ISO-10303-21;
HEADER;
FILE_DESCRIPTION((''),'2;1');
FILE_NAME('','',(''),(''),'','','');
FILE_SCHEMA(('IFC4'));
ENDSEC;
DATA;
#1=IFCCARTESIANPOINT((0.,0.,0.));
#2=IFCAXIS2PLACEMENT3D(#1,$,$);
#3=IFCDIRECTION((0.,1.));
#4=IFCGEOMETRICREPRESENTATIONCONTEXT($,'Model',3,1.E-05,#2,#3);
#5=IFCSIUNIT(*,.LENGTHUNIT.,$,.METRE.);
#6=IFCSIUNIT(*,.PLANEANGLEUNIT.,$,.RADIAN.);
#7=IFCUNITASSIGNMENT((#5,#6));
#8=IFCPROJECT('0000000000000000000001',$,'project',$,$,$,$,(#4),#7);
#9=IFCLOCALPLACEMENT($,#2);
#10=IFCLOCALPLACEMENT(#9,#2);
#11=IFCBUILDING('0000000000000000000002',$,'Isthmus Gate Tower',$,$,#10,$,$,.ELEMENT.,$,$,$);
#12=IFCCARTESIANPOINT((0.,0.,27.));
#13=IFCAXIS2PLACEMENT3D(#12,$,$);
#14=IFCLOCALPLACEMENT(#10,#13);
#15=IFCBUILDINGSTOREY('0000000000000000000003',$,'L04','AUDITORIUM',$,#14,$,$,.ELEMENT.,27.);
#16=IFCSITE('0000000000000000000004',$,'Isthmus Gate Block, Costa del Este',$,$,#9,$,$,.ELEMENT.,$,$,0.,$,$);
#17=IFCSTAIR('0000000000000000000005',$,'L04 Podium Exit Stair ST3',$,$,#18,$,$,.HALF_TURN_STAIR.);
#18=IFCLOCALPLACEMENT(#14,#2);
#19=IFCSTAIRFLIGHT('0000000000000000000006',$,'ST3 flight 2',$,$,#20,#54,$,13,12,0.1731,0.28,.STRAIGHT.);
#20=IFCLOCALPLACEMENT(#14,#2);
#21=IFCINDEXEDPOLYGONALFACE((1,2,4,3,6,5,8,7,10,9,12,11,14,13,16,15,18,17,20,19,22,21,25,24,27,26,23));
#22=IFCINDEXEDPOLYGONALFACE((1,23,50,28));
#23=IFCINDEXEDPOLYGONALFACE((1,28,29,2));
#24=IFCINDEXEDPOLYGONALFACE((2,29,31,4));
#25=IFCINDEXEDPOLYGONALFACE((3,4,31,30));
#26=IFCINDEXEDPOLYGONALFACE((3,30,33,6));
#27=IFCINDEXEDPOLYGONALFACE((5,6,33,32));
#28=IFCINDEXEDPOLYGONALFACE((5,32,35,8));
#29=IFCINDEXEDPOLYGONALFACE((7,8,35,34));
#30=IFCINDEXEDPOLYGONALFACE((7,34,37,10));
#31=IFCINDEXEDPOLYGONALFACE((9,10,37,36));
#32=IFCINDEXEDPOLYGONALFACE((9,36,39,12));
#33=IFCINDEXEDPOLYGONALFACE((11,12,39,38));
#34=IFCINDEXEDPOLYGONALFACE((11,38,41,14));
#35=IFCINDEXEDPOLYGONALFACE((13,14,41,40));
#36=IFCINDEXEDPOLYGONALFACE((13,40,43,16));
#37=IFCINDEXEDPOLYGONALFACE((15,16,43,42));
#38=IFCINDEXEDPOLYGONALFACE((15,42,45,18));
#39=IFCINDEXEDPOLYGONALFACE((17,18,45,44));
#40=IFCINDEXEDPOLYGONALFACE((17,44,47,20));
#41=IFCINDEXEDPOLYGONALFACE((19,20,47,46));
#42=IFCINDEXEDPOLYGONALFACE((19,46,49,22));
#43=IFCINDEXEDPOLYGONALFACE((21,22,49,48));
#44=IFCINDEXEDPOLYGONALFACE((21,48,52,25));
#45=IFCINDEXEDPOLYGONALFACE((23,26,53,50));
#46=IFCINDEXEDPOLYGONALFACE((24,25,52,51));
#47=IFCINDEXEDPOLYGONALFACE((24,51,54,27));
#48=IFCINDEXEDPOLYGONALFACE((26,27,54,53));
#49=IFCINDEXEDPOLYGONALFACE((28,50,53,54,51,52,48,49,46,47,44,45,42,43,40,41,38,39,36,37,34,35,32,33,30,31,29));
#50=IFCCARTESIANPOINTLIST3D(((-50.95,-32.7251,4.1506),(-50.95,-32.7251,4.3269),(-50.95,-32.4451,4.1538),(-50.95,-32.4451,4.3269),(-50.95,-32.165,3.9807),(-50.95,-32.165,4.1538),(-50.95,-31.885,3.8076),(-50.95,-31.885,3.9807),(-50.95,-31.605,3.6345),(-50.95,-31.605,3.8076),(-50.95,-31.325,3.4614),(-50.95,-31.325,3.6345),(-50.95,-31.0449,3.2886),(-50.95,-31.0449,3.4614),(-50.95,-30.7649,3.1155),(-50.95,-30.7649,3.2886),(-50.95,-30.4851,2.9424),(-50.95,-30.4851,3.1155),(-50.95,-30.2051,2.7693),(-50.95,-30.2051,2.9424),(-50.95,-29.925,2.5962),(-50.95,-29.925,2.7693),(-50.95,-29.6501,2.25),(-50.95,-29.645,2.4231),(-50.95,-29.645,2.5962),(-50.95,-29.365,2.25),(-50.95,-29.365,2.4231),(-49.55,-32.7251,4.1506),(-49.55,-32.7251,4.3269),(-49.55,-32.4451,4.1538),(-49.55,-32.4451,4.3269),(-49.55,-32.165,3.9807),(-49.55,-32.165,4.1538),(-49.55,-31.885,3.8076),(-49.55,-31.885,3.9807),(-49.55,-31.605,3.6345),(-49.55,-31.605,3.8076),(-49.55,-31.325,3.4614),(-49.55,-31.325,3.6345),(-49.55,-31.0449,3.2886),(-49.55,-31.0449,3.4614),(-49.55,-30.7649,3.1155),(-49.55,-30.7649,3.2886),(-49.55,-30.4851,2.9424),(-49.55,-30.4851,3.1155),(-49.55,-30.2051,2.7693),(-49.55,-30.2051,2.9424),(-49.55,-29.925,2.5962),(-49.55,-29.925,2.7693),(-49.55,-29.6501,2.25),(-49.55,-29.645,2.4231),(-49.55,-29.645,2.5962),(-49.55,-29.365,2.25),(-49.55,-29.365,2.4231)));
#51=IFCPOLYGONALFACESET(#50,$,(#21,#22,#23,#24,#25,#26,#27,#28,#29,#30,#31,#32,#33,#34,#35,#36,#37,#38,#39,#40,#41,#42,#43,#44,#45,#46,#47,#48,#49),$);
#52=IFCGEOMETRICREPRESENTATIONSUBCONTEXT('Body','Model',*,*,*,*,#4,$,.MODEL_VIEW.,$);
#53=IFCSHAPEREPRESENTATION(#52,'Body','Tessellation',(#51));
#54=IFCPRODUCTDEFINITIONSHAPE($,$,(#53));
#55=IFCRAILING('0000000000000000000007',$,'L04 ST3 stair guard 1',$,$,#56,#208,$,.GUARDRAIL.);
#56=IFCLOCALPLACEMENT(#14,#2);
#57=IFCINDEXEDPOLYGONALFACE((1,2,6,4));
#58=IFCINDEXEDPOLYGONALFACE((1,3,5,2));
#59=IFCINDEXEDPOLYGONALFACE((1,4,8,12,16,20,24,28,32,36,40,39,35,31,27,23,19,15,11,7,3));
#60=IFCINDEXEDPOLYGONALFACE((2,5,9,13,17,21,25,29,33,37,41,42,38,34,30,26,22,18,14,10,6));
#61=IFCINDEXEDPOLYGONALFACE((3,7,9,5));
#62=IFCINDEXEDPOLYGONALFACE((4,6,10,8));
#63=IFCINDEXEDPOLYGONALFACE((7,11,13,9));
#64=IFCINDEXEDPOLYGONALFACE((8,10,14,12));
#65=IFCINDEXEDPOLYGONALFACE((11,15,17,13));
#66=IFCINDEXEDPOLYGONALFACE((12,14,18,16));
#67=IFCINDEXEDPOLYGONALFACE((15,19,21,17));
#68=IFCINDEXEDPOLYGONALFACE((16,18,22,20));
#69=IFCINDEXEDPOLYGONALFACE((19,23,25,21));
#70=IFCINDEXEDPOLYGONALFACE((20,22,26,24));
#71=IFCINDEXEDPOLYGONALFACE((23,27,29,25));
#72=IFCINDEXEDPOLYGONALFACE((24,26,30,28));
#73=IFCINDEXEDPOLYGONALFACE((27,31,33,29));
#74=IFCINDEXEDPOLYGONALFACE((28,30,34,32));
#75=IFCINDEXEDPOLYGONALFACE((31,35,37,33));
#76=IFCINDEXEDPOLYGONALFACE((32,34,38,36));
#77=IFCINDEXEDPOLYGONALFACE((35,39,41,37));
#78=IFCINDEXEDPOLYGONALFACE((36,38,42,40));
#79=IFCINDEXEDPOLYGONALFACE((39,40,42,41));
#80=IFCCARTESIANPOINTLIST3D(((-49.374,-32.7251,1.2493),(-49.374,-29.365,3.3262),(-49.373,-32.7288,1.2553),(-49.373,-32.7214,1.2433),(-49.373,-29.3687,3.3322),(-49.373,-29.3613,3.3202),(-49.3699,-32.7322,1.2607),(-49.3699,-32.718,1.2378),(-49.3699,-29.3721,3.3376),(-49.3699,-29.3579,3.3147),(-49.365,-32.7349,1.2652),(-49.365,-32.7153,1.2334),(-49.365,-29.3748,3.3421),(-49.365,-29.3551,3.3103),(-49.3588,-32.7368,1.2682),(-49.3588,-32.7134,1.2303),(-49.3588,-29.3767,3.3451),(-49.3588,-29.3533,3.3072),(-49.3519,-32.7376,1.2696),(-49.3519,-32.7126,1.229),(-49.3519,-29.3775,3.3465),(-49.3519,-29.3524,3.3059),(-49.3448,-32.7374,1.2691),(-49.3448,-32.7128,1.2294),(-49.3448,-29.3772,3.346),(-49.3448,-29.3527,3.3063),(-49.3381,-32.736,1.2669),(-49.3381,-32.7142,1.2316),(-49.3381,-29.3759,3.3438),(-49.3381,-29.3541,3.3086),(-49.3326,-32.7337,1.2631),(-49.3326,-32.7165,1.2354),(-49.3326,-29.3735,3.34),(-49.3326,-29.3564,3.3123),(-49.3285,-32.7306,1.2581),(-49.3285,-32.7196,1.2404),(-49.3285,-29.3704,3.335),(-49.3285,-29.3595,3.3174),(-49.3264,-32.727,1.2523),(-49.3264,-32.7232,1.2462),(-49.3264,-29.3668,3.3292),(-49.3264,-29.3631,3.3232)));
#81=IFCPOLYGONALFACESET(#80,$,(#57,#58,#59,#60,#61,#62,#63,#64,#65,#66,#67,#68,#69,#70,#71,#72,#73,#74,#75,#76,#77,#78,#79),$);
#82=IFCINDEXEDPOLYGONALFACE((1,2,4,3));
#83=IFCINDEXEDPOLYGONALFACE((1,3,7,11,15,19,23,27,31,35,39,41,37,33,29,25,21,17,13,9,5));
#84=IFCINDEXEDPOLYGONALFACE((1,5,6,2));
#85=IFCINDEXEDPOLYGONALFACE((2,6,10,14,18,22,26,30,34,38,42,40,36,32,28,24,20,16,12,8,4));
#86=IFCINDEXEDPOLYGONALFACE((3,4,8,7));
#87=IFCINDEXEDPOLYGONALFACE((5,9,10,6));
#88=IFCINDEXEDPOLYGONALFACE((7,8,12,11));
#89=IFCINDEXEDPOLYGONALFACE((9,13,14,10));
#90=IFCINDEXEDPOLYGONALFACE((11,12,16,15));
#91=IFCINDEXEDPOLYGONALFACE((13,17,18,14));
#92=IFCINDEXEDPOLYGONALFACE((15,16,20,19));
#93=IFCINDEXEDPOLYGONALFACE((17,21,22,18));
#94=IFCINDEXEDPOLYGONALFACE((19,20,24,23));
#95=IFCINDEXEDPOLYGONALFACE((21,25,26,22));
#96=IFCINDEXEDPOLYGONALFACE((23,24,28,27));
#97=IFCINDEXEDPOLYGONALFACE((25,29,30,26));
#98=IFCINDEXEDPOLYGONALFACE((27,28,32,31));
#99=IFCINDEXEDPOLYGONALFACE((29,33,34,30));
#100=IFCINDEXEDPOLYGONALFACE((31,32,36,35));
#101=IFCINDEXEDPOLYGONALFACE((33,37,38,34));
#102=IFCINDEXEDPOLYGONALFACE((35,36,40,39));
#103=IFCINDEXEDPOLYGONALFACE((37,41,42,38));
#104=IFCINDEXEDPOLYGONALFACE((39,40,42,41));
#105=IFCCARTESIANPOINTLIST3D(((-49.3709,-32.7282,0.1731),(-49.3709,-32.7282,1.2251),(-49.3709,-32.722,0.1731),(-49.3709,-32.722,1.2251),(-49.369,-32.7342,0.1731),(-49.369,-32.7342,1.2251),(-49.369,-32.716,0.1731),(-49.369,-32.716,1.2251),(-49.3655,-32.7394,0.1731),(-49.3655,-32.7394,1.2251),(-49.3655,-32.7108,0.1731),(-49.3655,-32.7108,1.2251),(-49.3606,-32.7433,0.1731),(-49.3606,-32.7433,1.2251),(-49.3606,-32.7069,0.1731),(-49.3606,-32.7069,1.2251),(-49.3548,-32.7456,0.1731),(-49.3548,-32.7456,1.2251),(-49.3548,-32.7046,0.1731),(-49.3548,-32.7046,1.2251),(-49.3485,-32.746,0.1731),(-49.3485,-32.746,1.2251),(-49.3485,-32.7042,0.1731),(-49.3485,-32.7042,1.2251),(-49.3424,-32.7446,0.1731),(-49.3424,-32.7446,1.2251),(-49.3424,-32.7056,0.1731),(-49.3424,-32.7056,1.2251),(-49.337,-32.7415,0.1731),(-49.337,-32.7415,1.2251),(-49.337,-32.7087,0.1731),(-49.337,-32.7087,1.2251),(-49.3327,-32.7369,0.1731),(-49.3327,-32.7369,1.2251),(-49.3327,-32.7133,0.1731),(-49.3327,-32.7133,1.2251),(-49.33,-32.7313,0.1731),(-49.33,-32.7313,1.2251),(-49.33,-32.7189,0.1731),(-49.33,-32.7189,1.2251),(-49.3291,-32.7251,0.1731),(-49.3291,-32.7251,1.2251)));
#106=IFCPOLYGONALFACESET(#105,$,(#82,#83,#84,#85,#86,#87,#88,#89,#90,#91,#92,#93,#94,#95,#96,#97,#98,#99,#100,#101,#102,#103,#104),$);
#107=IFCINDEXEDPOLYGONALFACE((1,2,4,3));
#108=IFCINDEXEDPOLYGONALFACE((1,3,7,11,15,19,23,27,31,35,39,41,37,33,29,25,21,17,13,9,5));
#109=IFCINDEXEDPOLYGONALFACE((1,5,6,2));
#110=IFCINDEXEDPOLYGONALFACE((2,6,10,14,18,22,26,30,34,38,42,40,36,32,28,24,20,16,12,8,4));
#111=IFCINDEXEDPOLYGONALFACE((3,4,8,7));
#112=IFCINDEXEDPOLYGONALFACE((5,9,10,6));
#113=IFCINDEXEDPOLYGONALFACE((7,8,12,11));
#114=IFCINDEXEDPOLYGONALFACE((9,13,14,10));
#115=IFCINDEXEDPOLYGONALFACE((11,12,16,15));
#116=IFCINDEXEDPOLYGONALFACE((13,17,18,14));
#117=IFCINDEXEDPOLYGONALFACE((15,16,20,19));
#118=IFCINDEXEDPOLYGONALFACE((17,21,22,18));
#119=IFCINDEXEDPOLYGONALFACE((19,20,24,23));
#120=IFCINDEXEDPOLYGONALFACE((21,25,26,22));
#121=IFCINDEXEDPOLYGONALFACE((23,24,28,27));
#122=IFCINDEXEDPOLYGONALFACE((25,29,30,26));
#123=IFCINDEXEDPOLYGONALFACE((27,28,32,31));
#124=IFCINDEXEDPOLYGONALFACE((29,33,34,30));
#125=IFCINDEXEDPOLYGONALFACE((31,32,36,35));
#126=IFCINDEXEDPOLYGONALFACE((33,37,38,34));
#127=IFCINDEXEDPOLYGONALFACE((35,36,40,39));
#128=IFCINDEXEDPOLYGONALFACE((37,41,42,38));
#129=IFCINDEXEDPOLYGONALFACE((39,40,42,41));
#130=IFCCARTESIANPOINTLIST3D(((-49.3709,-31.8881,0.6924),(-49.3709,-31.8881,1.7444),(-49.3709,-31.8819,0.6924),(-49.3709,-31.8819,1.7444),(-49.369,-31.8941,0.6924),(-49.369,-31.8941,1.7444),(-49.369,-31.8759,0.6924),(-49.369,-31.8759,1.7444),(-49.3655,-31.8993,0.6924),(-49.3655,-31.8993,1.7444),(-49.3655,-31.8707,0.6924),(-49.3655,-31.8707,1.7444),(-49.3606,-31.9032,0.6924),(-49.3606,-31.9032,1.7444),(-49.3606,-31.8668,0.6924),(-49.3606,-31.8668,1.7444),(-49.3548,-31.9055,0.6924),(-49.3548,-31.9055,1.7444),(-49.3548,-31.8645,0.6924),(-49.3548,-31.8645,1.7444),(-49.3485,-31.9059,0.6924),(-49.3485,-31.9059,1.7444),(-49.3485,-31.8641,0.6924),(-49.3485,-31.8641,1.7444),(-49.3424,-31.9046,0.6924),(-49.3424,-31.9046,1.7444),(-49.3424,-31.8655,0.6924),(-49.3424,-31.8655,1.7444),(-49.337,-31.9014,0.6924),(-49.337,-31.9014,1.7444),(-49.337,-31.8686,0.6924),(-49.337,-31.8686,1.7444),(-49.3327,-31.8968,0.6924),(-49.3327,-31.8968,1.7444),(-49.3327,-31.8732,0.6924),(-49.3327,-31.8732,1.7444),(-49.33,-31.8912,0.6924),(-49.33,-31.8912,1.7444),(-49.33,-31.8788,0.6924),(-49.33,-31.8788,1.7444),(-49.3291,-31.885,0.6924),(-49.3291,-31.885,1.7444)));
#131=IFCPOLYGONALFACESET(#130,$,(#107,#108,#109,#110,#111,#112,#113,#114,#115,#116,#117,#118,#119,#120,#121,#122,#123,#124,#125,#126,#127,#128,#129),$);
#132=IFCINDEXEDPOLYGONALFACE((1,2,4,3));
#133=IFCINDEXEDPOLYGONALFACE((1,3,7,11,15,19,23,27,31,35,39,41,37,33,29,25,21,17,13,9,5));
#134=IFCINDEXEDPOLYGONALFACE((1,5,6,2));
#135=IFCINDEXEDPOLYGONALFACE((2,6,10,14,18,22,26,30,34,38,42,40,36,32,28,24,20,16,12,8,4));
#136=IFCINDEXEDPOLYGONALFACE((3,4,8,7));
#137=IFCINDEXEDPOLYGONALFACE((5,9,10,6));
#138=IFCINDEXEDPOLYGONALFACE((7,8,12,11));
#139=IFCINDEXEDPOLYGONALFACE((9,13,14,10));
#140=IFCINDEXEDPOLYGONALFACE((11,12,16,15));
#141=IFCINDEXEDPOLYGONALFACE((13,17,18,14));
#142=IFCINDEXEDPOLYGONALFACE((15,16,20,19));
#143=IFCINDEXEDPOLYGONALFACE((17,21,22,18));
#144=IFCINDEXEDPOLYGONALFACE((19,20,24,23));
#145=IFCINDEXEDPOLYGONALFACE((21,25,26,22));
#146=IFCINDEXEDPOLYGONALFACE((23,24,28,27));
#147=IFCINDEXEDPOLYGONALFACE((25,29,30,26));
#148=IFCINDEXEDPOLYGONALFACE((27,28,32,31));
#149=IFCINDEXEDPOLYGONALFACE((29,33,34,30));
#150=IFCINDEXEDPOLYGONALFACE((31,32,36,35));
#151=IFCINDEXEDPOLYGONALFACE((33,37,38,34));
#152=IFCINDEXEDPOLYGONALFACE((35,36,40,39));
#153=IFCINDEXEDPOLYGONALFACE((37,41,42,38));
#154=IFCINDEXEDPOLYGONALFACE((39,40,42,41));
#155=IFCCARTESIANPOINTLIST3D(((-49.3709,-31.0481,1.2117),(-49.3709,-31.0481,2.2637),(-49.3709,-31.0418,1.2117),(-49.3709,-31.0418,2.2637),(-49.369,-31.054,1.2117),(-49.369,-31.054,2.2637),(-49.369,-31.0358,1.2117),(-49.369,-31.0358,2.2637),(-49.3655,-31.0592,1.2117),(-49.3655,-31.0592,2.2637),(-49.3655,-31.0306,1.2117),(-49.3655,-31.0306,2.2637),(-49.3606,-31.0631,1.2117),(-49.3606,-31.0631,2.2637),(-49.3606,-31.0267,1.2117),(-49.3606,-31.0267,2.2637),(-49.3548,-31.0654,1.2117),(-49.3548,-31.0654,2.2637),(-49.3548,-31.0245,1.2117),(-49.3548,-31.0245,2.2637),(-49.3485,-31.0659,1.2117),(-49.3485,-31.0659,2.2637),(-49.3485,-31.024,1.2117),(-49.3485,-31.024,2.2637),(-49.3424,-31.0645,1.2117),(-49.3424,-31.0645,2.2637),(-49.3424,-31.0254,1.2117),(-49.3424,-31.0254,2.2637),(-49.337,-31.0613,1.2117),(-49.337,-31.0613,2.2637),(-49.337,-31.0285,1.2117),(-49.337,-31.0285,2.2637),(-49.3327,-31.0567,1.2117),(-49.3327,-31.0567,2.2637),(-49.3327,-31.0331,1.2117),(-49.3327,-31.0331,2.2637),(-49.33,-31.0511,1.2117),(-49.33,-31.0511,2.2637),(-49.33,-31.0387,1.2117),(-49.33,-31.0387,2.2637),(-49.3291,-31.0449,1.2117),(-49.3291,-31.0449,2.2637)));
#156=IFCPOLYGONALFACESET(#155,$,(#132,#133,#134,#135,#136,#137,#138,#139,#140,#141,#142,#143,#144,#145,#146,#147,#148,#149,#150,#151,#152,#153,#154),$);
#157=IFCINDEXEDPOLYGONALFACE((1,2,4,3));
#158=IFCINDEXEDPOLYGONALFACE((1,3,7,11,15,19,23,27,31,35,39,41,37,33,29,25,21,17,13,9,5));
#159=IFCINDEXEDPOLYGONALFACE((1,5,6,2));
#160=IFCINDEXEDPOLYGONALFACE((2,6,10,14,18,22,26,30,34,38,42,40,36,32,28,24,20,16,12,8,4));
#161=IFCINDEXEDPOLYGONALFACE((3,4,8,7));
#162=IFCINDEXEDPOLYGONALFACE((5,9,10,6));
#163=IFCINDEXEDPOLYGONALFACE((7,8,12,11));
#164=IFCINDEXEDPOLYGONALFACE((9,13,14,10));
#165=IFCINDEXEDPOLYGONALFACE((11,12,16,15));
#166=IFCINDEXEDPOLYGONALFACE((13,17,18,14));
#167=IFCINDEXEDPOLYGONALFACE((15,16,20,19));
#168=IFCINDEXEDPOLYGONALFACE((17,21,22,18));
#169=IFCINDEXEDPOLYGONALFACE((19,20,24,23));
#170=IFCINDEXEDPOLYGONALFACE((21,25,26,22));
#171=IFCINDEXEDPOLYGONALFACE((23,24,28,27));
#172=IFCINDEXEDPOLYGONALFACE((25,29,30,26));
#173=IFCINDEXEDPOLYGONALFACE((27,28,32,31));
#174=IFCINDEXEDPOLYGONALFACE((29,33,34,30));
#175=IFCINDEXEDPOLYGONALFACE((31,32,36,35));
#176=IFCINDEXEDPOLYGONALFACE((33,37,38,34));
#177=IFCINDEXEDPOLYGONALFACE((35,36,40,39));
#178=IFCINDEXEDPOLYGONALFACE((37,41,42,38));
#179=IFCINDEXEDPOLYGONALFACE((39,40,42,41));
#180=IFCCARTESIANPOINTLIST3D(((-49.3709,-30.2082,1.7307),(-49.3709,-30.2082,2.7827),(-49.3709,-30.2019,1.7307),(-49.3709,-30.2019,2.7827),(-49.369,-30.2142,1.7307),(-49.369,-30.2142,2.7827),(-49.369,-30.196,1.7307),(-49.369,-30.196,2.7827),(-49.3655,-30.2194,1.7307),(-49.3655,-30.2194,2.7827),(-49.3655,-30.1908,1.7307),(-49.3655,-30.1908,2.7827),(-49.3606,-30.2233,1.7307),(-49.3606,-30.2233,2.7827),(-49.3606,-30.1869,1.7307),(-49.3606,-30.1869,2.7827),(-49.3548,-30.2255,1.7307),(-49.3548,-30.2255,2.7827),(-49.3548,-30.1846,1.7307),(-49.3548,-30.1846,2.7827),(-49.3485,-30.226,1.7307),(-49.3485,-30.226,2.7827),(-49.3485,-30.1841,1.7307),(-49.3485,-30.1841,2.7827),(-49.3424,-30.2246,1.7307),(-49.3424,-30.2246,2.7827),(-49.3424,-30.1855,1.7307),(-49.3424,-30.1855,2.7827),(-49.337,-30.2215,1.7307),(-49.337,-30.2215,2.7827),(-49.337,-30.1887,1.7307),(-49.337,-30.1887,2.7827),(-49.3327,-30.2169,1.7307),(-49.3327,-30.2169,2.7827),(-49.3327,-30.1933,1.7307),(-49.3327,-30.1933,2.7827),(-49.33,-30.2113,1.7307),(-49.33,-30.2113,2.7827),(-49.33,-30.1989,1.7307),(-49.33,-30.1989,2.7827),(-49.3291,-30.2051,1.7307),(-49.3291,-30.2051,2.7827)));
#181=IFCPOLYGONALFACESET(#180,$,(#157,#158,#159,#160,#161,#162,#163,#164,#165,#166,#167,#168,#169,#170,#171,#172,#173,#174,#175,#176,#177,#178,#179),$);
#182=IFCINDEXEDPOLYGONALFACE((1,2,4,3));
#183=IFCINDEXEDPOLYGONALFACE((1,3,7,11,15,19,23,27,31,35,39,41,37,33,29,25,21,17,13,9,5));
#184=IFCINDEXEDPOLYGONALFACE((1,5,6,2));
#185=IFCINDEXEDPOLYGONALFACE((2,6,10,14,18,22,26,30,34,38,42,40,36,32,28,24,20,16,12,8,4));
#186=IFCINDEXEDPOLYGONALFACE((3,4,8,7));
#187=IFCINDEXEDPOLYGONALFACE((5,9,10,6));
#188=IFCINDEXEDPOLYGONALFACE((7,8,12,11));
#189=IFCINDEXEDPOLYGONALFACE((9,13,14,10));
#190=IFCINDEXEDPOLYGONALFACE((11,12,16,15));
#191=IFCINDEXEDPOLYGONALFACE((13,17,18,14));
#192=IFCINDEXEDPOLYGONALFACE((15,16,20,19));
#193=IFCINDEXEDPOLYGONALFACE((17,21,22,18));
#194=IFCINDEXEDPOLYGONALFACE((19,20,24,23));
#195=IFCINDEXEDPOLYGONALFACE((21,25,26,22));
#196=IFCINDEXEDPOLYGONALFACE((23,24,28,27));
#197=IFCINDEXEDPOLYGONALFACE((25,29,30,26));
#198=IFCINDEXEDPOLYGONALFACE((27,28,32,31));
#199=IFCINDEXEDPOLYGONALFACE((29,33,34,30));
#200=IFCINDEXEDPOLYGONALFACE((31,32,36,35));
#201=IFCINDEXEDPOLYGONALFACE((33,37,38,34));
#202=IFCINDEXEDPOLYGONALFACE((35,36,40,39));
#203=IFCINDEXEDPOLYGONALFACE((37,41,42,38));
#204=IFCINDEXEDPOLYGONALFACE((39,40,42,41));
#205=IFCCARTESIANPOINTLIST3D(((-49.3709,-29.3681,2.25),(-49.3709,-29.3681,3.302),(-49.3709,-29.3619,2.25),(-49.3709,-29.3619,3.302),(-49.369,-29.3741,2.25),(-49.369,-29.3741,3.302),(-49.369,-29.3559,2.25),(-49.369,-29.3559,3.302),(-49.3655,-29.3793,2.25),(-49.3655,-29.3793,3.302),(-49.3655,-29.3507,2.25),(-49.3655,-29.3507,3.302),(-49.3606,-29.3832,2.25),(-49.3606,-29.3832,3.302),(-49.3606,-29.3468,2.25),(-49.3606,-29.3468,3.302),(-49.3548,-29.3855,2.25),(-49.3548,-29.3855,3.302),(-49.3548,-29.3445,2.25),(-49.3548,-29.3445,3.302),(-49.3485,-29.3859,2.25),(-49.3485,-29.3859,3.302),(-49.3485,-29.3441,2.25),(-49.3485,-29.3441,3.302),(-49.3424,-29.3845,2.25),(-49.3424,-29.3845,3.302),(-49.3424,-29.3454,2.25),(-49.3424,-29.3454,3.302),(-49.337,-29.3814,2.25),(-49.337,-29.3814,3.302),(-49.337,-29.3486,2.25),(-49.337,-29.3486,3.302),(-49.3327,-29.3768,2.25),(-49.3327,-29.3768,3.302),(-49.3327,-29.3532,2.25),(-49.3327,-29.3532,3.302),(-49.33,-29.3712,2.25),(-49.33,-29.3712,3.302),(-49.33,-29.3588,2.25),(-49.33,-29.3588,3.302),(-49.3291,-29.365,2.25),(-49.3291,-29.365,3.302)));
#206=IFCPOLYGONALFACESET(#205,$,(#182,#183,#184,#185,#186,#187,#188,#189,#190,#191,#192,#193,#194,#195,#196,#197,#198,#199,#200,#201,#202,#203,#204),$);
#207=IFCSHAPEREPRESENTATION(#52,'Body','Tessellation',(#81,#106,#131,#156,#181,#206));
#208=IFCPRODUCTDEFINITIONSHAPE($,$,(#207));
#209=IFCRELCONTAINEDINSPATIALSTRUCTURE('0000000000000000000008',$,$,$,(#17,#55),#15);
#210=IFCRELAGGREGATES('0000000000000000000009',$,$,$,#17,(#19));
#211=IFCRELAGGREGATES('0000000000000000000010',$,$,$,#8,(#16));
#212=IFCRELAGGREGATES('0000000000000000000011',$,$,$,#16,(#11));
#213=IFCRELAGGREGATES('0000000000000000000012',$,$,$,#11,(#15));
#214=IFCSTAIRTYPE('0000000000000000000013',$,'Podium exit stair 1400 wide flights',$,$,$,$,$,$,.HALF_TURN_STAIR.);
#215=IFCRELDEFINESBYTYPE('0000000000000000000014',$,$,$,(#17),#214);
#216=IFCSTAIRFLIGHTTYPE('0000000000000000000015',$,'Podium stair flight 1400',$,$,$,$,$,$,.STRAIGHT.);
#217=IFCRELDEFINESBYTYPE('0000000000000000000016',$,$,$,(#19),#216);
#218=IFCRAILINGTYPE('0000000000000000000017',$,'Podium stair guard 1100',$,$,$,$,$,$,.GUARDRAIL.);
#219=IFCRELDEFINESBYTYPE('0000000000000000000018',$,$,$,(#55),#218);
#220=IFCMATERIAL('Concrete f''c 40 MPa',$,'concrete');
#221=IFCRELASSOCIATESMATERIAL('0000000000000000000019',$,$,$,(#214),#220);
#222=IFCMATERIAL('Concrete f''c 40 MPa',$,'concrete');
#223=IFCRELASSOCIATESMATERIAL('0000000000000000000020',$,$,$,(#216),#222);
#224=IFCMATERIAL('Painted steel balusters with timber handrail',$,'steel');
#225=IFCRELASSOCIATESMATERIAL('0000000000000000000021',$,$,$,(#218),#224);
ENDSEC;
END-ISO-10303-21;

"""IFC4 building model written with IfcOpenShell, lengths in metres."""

from ifc_helpers import new_model, si_unit, direction, frame, origin, origin_2d, place, context, subcontext, project, spatial, polyline, circle, outline, extrude, material, type_object, element, aggregate, save


model = new_model("IFC4")

# Units and contexts
model_context = context("Model", 3, precision=1e-05, world=origin(), true_north=direction((0.0, 1.0)))
body_context = subcontext(model_context, "Body", "Model", "MODEL_VIEW")
ifc_project = project(units=[si_unit("LENGTHUNIT", "METRE"), si_unit("PLANEANGLEUNIT", "RADIAN")], contexts=[model_context])

# Site, building, storey
site_placement = place(None, origin())
site = spatial("IfcSite", under=ifc_project, at=site_placement, Name="Isthmus Gate Block, Costa del Este", CompositionType="ELEMENT", RefElevation=0.0)
building_placement = place(site_placement, origin())
building = spatial("IfcBuilding", under=site, at=building_placement, Name="Isthmus Gate Tower", CompositionType="ELEMENT")
storey_placement = place(building_placement, frame((0.0, 0.0, 27.0)))
storey = spatial("IfcBuildingStorey", under=building, at=storey_placement, Name="L04", Description="AUDITORIUM", CompositionType="ELEMENT", Elevation=27.0)

# Stair, stair flight
ifc_material_1 = material(Name="Concrete f'c 40 MPa", Category="concrete")
stair_type = type_object("IfcStairType", Name="Podium exit stair 1400 wide flights", PredefinedType="HALF_TURN_STAIR", material=ifc_material_1)
stair_placement = place(storey_placement, origin())
stair = element("IfcStair", 1, at=stair_placement, inside=storey, type_object=stair_type, Name="L04 Podium Exit Stair ST3", PredefinedType="HALF_TURN_STAIR")
ifc_material_2 = material(Name="Concrete f'c 40 MPa", Category="concrete")
stair_flight_type = type_object("IfcStairFlightType", Name="Podium stair flight 1400", PredefinedType="STRAIGHT", material=ifc_material_2)
stair_flight_1_placement = place(storey_placement, frame((-50.25, -29.365, 2.25), z_axis=(0.0, 0.0, 1.0), x_axis=(0.0, -1.0, 0.0)))
stair_flight_1 = element("IfcStairFlight", 2, at=stair_flight_1_placement, type_object=stair_flight_type, Name="ST3 flight 2", NumberOfRisers=13, NumberOfTreads=12, PredefinedType="STRAIGHT", RiserHeight=0.1731, TreadLength=0.28, context=body_context, shape_type="SweptSolid", body=[
    extrude(outline(polyline([(0.0, 0.0), (0.0, 0.1731), (0.28, 0.1731), (0.28, 0.3462), (0.5601, 0.3462), (0.5601, 0.5193), (0.8401, 0.5193), (0.8401, 0.6924), (1.1201, 0.6924), (1.1201, 0.8655), (1.3999, 0.8655), (1.3999, 1.0386), (1.6799, 1.0386), (1.6799, 1.2114), (1.96, 1.2114), (1.96, 1.3845), (2.24, 1.3845), (2.24, 1.5576), (2.52, 1.5576), (2.52, 1.7307), (2.8, 1.7307), (2.8, 1.9038), (3.0801, 1.9038), (3.0801, 2.0769), (3.3601, 2.0769), (3.3601, 2.25), (3.3601, 1.9006), (0.2852, 0.0), (0.0, 0.0)])), frame((0.0, 0.7, 0.0), z_axis=(0.0, -1.0, 0.0), x_axis=(1.0, 0.0, 0.0)), (0.0, 0.0, 1.0), 1.3999),
])
aggregate(stair, [stair_flight_1])

# Railing
ifc_material_3 = material(Name="Painted steel balusters with timber handrail", Category="steel")
railing_type_1 = type_object("IfcRailingType", Name="Podium stair guard 1100", PredefinedType="GUARDRAIL", material=ifc_material_3)
railing_1_placement = place(storey_placement, frame((-49.3501, -32.7251, 0.1731)))
element("IfcRailing", 3, at=railing_1_placement, inside=storey, type_object=railing_type_1, Name="L04 ST3 stair guard 1", PredefinedType="GUARDRAIL", context=body_context, shape_type="SweptSolid", body=[
    extrude(circle(Radius=0.0239, at=origin_2d()), frame((0.0, 0.0, 1.0762), z_axis=(0.0, 0.850623, 0.525776), x_axis=(-1.0, 0.0, 0.0)), (0.0, 0.0, 1.0), 3.9502),
    extrude(circle(Radius=0.021, at=origin_2d()), origin(), (0.0, 0.0, 1.0), 1.052),
    extrude(circle(Radius=0.021, at=origin_2d()), frame((0.0, 0.8401, 0.5193)), (0.0, 0.0, 1.0), 1.052),
    extrude(circle(Radius=0.021, at=origin_2d()), frame((0.0, 1.6802, 1.0386)), (0.0, 0.0, 1.0), 1.052),
    extrude(circle(Radius=0.021, at=origin_2d()), frame((0.0, 2.52, 1.5576)), (0.0, 0.0, 1.0), 1.052),
    extrude(circle(Radius=0.021, at=origin_2d()), frame((0.0, 3.3601, 2.0769)), (0.0, 0.0, 1.0), 1.052),
])

save(model, "model.ifc")
